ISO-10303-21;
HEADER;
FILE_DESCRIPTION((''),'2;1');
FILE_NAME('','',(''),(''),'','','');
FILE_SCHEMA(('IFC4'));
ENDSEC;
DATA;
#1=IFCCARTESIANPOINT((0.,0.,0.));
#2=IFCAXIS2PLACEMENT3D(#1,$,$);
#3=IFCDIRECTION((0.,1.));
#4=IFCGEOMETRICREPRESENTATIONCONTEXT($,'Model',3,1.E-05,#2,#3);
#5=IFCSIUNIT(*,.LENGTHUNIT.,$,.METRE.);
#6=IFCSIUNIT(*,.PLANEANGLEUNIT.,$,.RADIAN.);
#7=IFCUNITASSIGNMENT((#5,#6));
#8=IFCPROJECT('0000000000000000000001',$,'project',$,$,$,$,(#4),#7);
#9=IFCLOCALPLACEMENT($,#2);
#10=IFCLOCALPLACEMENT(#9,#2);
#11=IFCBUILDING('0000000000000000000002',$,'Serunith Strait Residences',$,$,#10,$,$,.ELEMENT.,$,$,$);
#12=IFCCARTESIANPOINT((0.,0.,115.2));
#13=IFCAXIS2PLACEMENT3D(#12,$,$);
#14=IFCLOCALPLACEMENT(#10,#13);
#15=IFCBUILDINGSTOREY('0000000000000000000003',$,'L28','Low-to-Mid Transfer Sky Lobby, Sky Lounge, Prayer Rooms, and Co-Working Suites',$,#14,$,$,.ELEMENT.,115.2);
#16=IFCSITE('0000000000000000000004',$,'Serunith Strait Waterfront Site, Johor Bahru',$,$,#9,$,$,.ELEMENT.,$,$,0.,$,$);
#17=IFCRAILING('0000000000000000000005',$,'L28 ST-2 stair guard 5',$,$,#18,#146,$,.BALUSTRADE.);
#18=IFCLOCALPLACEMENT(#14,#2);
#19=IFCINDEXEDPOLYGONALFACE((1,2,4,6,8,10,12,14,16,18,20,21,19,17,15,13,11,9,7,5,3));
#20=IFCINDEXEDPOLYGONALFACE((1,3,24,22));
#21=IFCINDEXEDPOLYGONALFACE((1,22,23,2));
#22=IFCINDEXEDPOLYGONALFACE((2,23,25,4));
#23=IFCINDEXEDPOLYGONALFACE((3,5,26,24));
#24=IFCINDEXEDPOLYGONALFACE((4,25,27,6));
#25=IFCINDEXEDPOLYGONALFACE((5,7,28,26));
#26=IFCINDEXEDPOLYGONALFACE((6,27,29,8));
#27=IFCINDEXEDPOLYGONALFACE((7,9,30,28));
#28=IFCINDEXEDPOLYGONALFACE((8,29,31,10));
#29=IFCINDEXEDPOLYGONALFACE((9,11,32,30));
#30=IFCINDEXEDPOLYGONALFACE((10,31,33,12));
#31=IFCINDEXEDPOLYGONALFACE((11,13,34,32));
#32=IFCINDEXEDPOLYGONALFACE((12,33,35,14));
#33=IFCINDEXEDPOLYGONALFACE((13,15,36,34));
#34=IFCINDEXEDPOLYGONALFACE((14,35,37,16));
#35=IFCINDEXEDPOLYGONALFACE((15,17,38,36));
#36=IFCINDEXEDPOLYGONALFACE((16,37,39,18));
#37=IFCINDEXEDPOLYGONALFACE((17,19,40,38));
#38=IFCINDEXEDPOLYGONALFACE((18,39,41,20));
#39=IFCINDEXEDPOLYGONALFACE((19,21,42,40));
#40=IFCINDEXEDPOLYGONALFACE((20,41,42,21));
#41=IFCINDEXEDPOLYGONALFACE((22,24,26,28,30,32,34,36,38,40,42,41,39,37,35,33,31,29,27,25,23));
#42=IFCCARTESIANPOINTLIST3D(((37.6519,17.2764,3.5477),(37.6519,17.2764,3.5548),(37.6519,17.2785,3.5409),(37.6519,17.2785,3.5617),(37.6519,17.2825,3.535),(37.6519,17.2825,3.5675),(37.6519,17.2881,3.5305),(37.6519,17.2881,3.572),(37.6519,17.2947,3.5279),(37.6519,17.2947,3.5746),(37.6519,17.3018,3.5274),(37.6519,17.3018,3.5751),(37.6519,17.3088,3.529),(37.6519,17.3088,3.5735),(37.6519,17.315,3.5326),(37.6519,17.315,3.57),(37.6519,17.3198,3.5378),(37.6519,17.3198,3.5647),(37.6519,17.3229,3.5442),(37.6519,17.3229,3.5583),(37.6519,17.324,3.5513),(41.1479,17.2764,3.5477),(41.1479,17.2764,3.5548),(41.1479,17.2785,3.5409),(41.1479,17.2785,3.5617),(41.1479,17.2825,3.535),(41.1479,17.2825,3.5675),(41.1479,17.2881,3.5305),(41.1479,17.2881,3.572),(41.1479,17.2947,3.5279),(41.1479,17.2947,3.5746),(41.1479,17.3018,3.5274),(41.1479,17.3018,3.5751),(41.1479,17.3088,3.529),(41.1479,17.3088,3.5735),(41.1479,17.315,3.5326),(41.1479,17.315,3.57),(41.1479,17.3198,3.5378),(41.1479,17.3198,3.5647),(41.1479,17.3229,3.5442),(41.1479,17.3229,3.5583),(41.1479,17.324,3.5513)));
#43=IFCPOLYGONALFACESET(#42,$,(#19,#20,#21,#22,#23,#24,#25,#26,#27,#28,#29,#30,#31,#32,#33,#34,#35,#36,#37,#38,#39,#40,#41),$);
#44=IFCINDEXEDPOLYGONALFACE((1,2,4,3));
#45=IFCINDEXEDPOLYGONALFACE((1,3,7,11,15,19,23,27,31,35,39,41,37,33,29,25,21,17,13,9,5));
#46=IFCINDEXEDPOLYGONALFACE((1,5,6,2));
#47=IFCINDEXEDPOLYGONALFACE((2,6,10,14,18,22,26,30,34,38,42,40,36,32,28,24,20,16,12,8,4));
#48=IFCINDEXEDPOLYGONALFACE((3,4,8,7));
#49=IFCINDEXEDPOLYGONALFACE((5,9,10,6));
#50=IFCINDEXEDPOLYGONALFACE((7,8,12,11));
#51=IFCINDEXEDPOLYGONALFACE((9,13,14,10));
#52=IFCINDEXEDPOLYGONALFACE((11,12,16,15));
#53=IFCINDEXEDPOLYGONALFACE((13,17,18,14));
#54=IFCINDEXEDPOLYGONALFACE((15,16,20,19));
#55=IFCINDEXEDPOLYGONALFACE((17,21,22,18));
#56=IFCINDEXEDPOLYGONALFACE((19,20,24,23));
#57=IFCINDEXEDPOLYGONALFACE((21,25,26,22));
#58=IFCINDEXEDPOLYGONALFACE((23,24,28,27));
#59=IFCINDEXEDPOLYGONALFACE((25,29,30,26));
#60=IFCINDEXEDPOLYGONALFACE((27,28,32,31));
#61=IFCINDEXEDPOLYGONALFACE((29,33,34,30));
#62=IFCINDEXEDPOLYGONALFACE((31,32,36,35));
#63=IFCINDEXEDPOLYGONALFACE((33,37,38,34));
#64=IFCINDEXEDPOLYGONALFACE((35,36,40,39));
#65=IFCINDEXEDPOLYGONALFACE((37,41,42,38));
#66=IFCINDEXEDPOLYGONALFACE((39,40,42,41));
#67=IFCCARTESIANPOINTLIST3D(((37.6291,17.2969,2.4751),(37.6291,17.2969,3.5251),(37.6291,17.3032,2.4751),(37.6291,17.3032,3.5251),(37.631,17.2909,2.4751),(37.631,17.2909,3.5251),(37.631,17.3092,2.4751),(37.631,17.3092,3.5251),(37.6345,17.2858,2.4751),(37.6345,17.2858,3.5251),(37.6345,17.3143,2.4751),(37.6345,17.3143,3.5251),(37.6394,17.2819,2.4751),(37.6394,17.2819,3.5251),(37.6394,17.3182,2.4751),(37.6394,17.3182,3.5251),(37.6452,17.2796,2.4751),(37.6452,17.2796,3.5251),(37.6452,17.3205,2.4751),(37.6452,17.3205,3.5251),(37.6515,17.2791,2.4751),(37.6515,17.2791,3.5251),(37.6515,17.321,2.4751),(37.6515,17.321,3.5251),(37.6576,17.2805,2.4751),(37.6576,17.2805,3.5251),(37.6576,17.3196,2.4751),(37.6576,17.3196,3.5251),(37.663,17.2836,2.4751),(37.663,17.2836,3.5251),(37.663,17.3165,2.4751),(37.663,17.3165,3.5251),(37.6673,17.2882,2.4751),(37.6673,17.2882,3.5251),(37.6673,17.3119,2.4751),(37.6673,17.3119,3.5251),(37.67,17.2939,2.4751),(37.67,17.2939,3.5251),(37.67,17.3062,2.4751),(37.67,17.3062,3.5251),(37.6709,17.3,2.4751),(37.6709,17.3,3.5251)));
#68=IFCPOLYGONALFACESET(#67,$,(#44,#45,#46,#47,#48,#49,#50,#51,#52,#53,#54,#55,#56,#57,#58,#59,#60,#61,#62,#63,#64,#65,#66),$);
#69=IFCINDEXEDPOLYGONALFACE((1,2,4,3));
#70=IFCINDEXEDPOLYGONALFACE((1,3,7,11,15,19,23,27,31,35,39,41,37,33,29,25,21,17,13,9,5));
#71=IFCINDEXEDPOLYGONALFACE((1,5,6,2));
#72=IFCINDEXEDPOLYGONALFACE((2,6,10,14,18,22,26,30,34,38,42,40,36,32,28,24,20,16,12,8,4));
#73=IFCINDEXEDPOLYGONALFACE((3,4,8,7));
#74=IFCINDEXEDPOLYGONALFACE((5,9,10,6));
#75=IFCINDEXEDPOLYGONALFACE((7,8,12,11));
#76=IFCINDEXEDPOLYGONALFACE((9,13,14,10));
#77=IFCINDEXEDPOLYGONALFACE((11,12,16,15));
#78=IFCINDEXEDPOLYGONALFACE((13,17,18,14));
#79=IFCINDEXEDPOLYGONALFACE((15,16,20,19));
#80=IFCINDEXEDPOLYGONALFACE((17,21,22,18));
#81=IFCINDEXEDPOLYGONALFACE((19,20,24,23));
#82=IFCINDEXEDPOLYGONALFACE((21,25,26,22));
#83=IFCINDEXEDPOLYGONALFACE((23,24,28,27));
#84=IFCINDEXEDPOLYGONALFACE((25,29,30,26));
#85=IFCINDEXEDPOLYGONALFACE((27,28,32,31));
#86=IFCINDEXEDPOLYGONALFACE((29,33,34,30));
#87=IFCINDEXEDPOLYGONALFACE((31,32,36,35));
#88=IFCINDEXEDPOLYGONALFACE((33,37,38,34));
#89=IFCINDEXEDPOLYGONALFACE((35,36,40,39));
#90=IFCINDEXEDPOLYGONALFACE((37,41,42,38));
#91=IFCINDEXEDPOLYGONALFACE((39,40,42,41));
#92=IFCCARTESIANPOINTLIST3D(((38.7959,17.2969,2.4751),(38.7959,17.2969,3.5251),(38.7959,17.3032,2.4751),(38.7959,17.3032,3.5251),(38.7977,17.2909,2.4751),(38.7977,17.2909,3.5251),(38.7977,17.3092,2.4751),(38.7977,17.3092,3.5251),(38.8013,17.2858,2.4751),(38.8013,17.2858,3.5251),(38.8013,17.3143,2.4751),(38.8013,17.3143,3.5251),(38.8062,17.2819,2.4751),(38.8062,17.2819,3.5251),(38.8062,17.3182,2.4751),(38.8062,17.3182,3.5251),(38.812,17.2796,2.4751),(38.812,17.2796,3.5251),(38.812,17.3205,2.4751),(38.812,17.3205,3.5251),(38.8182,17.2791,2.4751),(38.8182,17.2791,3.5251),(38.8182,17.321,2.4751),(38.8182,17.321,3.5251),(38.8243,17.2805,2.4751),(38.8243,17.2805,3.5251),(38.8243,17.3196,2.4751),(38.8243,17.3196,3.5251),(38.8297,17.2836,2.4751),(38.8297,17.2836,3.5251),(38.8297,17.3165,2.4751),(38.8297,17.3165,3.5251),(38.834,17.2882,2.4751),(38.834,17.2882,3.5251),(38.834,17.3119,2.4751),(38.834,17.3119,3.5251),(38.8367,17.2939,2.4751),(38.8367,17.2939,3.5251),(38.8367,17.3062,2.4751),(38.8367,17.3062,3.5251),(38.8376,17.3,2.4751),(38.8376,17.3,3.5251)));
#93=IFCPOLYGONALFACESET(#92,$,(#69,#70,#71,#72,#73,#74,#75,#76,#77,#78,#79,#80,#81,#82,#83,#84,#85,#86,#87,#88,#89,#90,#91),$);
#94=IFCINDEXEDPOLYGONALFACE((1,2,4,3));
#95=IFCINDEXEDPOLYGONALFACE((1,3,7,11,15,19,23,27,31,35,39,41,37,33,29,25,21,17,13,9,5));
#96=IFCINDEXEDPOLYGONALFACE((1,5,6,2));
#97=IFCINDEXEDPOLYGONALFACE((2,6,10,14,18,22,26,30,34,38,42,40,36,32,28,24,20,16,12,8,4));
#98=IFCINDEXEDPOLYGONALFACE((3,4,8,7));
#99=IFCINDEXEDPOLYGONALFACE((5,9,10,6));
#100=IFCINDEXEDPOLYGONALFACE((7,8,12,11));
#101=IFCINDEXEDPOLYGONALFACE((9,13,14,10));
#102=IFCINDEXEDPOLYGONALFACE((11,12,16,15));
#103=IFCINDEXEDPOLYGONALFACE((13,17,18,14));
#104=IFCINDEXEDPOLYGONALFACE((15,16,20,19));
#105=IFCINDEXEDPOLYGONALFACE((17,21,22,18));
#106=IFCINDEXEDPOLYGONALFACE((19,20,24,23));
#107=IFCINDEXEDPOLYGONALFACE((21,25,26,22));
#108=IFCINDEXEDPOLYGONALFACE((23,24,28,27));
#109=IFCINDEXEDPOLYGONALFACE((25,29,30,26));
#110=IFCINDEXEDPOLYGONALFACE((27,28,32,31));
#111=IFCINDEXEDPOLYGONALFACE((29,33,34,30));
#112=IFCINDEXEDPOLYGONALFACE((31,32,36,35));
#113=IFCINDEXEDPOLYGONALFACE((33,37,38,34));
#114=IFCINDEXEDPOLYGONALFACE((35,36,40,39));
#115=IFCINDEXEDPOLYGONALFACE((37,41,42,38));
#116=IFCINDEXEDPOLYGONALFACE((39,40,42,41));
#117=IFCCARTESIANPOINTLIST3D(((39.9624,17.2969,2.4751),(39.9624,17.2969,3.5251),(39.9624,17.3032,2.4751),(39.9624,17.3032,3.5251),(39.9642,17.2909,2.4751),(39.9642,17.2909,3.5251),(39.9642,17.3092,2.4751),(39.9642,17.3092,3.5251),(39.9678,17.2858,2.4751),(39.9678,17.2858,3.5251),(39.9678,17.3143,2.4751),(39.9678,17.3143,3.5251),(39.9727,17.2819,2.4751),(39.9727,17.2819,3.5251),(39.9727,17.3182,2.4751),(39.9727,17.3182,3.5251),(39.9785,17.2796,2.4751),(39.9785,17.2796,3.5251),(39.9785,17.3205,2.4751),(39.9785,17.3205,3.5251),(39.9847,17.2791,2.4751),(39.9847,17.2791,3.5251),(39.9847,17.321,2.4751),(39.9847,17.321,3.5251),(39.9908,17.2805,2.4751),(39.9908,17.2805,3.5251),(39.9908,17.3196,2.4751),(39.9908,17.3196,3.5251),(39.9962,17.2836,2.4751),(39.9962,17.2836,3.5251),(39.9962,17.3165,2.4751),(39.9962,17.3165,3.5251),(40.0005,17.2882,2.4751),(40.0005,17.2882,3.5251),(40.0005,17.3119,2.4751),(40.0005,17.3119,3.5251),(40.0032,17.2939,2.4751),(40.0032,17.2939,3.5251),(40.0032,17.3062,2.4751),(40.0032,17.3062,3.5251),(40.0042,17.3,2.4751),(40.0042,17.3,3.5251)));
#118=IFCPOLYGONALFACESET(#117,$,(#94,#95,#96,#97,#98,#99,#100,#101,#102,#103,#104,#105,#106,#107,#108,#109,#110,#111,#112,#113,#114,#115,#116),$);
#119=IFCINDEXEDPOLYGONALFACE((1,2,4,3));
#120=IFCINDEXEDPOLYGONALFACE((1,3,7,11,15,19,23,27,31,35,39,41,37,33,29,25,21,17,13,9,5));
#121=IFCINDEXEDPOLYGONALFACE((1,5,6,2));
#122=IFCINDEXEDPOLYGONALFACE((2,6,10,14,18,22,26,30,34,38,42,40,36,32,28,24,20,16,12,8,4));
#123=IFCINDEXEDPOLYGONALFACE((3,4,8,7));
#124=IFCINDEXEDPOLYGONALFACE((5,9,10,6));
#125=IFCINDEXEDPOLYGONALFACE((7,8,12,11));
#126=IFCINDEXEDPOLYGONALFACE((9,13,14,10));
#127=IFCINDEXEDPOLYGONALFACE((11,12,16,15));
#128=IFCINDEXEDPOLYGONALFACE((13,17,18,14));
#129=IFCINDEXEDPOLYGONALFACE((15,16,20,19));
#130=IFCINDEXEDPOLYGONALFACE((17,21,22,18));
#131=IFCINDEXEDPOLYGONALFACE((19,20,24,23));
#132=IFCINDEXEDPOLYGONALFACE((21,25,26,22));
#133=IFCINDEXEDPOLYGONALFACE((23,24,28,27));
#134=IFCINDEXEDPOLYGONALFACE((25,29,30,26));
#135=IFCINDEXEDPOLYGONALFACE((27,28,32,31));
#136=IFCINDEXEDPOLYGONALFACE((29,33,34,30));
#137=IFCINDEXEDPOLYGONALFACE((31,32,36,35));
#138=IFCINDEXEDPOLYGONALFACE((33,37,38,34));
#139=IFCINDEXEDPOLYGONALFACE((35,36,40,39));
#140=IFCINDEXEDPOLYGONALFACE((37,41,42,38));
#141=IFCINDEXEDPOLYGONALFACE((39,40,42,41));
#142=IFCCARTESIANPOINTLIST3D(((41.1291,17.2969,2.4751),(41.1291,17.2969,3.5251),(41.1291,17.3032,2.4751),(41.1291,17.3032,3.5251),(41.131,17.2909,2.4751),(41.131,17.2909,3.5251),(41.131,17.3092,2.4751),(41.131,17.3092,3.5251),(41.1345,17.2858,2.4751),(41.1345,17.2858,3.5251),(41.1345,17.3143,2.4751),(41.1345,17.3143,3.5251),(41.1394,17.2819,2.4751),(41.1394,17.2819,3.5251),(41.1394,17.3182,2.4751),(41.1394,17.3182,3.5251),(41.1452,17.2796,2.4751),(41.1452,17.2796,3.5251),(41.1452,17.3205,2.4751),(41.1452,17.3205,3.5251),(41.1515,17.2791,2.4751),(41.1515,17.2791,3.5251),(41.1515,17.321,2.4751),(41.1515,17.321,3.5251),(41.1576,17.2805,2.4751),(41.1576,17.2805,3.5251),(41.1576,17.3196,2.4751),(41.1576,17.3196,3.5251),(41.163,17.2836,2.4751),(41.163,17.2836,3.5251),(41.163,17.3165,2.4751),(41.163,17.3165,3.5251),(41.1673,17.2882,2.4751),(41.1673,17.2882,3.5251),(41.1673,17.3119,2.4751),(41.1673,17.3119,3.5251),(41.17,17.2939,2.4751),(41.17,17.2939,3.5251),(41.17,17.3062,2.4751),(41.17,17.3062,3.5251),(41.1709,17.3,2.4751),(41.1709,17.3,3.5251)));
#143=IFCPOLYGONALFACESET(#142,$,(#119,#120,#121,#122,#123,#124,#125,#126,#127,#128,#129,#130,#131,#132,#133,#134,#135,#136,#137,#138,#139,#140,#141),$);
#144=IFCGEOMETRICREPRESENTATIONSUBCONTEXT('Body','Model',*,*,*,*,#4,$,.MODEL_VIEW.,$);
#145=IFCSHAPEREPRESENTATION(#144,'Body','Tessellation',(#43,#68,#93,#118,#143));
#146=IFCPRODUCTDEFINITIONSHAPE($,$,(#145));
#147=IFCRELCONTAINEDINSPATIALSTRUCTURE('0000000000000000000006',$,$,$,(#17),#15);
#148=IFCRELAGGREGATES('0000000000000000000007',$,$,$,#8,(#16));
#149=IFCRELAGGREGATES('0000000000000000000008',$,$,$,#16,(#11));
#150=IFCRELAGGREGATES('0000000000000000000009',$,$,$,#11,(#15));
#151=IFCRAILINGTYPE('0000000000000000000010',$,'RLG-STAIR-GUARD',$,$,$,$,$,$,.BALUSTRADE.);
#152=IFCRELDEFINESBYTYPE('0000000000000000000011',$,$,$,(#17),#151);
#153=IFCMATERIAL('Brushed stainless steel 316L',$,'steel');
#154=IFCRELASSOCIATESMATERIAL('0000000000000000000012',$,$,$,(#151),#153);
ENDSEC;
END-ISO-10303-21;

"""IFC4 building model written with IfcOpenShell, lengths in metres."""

from ifc_helpers import new_model, si_unit, direction, frame, origin, origin_2d, place, context, subcontext, project, spatial, circle, extrude, material, type_object, element, save


model = new_model("IFC4")

# Units and contexts
model_context = context("Model", 3, precision=1e-05, world=origin(), true_north=direction((0.0, 1.0)))
body_context = subcontext(model_context, "Body", "Model", "MODEL_VIEW")
ifc_project = project(units=[si_unit("LENGTHUNIT", "METRE"), si_unit("PLANEANGLEUNIT", "RADIAN")], contexts=[model_context])

# Site, building, storey
site_placement = place(None, origin())
site = spatial("IfcSite", under=ifc_project, at=site_placement, Name="Serunith Strait Waterfront Site, Johor Bahru", CompositionType="ELEMENT", RefElevation=0.0)
building_placement = place(site_placement, origin())
building = spatial("IfcBuilding", under=site, at=building_placement, Name="Serunith Strait Residences", CompositionType="ELEMENT")
storey_placement = place(building_placement, frame((0.0, 0.0, 115.2)))
storey = spatial("IfcBuildingStorey", under=building, at=storey_placement, Name="L28", Description="Low-to-Mid Transfer Sky Lobby, Sky Lounge, Prayer Rooms, and Co-Working Suites", CompositionType="ELEMENT", Elevation=115.2)

# Railing
ifc_material_1 = material(Name="Brushed stainless steel 316L", Category="steel")
railing_type_1 = type_object("IfcRailingType", Name="RLG-STAIR-GUARD", PredefinedType="BALUSTRADE", material=ifc_material_1)
railing_1_placement = place(storey_placement, frame((37.6499, 17.3, 2.4751)))
element("IfcRailing", 1, at=railing_1_placement, inside=storey, type_object=railing_type_1, Name="L28 ST-2 stair guard 5", PredefinedType="BALUSTRADE", context=body_context, shape_type="SweptSolid", body=[
    extrude(circle(Radius=0.0239, at=origin_2d()), frame((0.002, 0.0, 1.0762), z_axis=(1.0, 0.0, 0.0), x_axis=(0.0, 1.0, 0.0)), (0.0, 0.0, 1.0), 3.4961),
    extrude(circle(Radius=0.021, at=origin_2d()), origin(), (0.0, 0.0, 1.0), 1.05),
    extrude(circle(Radius=0.021, at=origin_2d()), frame((1.1667, 0.0, 0.0)), (0.0, 0.0, 1.0), 1.05),
    extrude(circle(Radius=0.021, at=origin_2d()), frame((2.3333, 0.0, 0.0)), (0.0, 0.0, 1.0), 1.05),
    extrude(circle(Radius=0.021, at=origin_2d()), frame((3.5, 0.0, 0.0)), (0.0, 0.0, 1.0), 1.05),
])

save(model, "model.ifc")
